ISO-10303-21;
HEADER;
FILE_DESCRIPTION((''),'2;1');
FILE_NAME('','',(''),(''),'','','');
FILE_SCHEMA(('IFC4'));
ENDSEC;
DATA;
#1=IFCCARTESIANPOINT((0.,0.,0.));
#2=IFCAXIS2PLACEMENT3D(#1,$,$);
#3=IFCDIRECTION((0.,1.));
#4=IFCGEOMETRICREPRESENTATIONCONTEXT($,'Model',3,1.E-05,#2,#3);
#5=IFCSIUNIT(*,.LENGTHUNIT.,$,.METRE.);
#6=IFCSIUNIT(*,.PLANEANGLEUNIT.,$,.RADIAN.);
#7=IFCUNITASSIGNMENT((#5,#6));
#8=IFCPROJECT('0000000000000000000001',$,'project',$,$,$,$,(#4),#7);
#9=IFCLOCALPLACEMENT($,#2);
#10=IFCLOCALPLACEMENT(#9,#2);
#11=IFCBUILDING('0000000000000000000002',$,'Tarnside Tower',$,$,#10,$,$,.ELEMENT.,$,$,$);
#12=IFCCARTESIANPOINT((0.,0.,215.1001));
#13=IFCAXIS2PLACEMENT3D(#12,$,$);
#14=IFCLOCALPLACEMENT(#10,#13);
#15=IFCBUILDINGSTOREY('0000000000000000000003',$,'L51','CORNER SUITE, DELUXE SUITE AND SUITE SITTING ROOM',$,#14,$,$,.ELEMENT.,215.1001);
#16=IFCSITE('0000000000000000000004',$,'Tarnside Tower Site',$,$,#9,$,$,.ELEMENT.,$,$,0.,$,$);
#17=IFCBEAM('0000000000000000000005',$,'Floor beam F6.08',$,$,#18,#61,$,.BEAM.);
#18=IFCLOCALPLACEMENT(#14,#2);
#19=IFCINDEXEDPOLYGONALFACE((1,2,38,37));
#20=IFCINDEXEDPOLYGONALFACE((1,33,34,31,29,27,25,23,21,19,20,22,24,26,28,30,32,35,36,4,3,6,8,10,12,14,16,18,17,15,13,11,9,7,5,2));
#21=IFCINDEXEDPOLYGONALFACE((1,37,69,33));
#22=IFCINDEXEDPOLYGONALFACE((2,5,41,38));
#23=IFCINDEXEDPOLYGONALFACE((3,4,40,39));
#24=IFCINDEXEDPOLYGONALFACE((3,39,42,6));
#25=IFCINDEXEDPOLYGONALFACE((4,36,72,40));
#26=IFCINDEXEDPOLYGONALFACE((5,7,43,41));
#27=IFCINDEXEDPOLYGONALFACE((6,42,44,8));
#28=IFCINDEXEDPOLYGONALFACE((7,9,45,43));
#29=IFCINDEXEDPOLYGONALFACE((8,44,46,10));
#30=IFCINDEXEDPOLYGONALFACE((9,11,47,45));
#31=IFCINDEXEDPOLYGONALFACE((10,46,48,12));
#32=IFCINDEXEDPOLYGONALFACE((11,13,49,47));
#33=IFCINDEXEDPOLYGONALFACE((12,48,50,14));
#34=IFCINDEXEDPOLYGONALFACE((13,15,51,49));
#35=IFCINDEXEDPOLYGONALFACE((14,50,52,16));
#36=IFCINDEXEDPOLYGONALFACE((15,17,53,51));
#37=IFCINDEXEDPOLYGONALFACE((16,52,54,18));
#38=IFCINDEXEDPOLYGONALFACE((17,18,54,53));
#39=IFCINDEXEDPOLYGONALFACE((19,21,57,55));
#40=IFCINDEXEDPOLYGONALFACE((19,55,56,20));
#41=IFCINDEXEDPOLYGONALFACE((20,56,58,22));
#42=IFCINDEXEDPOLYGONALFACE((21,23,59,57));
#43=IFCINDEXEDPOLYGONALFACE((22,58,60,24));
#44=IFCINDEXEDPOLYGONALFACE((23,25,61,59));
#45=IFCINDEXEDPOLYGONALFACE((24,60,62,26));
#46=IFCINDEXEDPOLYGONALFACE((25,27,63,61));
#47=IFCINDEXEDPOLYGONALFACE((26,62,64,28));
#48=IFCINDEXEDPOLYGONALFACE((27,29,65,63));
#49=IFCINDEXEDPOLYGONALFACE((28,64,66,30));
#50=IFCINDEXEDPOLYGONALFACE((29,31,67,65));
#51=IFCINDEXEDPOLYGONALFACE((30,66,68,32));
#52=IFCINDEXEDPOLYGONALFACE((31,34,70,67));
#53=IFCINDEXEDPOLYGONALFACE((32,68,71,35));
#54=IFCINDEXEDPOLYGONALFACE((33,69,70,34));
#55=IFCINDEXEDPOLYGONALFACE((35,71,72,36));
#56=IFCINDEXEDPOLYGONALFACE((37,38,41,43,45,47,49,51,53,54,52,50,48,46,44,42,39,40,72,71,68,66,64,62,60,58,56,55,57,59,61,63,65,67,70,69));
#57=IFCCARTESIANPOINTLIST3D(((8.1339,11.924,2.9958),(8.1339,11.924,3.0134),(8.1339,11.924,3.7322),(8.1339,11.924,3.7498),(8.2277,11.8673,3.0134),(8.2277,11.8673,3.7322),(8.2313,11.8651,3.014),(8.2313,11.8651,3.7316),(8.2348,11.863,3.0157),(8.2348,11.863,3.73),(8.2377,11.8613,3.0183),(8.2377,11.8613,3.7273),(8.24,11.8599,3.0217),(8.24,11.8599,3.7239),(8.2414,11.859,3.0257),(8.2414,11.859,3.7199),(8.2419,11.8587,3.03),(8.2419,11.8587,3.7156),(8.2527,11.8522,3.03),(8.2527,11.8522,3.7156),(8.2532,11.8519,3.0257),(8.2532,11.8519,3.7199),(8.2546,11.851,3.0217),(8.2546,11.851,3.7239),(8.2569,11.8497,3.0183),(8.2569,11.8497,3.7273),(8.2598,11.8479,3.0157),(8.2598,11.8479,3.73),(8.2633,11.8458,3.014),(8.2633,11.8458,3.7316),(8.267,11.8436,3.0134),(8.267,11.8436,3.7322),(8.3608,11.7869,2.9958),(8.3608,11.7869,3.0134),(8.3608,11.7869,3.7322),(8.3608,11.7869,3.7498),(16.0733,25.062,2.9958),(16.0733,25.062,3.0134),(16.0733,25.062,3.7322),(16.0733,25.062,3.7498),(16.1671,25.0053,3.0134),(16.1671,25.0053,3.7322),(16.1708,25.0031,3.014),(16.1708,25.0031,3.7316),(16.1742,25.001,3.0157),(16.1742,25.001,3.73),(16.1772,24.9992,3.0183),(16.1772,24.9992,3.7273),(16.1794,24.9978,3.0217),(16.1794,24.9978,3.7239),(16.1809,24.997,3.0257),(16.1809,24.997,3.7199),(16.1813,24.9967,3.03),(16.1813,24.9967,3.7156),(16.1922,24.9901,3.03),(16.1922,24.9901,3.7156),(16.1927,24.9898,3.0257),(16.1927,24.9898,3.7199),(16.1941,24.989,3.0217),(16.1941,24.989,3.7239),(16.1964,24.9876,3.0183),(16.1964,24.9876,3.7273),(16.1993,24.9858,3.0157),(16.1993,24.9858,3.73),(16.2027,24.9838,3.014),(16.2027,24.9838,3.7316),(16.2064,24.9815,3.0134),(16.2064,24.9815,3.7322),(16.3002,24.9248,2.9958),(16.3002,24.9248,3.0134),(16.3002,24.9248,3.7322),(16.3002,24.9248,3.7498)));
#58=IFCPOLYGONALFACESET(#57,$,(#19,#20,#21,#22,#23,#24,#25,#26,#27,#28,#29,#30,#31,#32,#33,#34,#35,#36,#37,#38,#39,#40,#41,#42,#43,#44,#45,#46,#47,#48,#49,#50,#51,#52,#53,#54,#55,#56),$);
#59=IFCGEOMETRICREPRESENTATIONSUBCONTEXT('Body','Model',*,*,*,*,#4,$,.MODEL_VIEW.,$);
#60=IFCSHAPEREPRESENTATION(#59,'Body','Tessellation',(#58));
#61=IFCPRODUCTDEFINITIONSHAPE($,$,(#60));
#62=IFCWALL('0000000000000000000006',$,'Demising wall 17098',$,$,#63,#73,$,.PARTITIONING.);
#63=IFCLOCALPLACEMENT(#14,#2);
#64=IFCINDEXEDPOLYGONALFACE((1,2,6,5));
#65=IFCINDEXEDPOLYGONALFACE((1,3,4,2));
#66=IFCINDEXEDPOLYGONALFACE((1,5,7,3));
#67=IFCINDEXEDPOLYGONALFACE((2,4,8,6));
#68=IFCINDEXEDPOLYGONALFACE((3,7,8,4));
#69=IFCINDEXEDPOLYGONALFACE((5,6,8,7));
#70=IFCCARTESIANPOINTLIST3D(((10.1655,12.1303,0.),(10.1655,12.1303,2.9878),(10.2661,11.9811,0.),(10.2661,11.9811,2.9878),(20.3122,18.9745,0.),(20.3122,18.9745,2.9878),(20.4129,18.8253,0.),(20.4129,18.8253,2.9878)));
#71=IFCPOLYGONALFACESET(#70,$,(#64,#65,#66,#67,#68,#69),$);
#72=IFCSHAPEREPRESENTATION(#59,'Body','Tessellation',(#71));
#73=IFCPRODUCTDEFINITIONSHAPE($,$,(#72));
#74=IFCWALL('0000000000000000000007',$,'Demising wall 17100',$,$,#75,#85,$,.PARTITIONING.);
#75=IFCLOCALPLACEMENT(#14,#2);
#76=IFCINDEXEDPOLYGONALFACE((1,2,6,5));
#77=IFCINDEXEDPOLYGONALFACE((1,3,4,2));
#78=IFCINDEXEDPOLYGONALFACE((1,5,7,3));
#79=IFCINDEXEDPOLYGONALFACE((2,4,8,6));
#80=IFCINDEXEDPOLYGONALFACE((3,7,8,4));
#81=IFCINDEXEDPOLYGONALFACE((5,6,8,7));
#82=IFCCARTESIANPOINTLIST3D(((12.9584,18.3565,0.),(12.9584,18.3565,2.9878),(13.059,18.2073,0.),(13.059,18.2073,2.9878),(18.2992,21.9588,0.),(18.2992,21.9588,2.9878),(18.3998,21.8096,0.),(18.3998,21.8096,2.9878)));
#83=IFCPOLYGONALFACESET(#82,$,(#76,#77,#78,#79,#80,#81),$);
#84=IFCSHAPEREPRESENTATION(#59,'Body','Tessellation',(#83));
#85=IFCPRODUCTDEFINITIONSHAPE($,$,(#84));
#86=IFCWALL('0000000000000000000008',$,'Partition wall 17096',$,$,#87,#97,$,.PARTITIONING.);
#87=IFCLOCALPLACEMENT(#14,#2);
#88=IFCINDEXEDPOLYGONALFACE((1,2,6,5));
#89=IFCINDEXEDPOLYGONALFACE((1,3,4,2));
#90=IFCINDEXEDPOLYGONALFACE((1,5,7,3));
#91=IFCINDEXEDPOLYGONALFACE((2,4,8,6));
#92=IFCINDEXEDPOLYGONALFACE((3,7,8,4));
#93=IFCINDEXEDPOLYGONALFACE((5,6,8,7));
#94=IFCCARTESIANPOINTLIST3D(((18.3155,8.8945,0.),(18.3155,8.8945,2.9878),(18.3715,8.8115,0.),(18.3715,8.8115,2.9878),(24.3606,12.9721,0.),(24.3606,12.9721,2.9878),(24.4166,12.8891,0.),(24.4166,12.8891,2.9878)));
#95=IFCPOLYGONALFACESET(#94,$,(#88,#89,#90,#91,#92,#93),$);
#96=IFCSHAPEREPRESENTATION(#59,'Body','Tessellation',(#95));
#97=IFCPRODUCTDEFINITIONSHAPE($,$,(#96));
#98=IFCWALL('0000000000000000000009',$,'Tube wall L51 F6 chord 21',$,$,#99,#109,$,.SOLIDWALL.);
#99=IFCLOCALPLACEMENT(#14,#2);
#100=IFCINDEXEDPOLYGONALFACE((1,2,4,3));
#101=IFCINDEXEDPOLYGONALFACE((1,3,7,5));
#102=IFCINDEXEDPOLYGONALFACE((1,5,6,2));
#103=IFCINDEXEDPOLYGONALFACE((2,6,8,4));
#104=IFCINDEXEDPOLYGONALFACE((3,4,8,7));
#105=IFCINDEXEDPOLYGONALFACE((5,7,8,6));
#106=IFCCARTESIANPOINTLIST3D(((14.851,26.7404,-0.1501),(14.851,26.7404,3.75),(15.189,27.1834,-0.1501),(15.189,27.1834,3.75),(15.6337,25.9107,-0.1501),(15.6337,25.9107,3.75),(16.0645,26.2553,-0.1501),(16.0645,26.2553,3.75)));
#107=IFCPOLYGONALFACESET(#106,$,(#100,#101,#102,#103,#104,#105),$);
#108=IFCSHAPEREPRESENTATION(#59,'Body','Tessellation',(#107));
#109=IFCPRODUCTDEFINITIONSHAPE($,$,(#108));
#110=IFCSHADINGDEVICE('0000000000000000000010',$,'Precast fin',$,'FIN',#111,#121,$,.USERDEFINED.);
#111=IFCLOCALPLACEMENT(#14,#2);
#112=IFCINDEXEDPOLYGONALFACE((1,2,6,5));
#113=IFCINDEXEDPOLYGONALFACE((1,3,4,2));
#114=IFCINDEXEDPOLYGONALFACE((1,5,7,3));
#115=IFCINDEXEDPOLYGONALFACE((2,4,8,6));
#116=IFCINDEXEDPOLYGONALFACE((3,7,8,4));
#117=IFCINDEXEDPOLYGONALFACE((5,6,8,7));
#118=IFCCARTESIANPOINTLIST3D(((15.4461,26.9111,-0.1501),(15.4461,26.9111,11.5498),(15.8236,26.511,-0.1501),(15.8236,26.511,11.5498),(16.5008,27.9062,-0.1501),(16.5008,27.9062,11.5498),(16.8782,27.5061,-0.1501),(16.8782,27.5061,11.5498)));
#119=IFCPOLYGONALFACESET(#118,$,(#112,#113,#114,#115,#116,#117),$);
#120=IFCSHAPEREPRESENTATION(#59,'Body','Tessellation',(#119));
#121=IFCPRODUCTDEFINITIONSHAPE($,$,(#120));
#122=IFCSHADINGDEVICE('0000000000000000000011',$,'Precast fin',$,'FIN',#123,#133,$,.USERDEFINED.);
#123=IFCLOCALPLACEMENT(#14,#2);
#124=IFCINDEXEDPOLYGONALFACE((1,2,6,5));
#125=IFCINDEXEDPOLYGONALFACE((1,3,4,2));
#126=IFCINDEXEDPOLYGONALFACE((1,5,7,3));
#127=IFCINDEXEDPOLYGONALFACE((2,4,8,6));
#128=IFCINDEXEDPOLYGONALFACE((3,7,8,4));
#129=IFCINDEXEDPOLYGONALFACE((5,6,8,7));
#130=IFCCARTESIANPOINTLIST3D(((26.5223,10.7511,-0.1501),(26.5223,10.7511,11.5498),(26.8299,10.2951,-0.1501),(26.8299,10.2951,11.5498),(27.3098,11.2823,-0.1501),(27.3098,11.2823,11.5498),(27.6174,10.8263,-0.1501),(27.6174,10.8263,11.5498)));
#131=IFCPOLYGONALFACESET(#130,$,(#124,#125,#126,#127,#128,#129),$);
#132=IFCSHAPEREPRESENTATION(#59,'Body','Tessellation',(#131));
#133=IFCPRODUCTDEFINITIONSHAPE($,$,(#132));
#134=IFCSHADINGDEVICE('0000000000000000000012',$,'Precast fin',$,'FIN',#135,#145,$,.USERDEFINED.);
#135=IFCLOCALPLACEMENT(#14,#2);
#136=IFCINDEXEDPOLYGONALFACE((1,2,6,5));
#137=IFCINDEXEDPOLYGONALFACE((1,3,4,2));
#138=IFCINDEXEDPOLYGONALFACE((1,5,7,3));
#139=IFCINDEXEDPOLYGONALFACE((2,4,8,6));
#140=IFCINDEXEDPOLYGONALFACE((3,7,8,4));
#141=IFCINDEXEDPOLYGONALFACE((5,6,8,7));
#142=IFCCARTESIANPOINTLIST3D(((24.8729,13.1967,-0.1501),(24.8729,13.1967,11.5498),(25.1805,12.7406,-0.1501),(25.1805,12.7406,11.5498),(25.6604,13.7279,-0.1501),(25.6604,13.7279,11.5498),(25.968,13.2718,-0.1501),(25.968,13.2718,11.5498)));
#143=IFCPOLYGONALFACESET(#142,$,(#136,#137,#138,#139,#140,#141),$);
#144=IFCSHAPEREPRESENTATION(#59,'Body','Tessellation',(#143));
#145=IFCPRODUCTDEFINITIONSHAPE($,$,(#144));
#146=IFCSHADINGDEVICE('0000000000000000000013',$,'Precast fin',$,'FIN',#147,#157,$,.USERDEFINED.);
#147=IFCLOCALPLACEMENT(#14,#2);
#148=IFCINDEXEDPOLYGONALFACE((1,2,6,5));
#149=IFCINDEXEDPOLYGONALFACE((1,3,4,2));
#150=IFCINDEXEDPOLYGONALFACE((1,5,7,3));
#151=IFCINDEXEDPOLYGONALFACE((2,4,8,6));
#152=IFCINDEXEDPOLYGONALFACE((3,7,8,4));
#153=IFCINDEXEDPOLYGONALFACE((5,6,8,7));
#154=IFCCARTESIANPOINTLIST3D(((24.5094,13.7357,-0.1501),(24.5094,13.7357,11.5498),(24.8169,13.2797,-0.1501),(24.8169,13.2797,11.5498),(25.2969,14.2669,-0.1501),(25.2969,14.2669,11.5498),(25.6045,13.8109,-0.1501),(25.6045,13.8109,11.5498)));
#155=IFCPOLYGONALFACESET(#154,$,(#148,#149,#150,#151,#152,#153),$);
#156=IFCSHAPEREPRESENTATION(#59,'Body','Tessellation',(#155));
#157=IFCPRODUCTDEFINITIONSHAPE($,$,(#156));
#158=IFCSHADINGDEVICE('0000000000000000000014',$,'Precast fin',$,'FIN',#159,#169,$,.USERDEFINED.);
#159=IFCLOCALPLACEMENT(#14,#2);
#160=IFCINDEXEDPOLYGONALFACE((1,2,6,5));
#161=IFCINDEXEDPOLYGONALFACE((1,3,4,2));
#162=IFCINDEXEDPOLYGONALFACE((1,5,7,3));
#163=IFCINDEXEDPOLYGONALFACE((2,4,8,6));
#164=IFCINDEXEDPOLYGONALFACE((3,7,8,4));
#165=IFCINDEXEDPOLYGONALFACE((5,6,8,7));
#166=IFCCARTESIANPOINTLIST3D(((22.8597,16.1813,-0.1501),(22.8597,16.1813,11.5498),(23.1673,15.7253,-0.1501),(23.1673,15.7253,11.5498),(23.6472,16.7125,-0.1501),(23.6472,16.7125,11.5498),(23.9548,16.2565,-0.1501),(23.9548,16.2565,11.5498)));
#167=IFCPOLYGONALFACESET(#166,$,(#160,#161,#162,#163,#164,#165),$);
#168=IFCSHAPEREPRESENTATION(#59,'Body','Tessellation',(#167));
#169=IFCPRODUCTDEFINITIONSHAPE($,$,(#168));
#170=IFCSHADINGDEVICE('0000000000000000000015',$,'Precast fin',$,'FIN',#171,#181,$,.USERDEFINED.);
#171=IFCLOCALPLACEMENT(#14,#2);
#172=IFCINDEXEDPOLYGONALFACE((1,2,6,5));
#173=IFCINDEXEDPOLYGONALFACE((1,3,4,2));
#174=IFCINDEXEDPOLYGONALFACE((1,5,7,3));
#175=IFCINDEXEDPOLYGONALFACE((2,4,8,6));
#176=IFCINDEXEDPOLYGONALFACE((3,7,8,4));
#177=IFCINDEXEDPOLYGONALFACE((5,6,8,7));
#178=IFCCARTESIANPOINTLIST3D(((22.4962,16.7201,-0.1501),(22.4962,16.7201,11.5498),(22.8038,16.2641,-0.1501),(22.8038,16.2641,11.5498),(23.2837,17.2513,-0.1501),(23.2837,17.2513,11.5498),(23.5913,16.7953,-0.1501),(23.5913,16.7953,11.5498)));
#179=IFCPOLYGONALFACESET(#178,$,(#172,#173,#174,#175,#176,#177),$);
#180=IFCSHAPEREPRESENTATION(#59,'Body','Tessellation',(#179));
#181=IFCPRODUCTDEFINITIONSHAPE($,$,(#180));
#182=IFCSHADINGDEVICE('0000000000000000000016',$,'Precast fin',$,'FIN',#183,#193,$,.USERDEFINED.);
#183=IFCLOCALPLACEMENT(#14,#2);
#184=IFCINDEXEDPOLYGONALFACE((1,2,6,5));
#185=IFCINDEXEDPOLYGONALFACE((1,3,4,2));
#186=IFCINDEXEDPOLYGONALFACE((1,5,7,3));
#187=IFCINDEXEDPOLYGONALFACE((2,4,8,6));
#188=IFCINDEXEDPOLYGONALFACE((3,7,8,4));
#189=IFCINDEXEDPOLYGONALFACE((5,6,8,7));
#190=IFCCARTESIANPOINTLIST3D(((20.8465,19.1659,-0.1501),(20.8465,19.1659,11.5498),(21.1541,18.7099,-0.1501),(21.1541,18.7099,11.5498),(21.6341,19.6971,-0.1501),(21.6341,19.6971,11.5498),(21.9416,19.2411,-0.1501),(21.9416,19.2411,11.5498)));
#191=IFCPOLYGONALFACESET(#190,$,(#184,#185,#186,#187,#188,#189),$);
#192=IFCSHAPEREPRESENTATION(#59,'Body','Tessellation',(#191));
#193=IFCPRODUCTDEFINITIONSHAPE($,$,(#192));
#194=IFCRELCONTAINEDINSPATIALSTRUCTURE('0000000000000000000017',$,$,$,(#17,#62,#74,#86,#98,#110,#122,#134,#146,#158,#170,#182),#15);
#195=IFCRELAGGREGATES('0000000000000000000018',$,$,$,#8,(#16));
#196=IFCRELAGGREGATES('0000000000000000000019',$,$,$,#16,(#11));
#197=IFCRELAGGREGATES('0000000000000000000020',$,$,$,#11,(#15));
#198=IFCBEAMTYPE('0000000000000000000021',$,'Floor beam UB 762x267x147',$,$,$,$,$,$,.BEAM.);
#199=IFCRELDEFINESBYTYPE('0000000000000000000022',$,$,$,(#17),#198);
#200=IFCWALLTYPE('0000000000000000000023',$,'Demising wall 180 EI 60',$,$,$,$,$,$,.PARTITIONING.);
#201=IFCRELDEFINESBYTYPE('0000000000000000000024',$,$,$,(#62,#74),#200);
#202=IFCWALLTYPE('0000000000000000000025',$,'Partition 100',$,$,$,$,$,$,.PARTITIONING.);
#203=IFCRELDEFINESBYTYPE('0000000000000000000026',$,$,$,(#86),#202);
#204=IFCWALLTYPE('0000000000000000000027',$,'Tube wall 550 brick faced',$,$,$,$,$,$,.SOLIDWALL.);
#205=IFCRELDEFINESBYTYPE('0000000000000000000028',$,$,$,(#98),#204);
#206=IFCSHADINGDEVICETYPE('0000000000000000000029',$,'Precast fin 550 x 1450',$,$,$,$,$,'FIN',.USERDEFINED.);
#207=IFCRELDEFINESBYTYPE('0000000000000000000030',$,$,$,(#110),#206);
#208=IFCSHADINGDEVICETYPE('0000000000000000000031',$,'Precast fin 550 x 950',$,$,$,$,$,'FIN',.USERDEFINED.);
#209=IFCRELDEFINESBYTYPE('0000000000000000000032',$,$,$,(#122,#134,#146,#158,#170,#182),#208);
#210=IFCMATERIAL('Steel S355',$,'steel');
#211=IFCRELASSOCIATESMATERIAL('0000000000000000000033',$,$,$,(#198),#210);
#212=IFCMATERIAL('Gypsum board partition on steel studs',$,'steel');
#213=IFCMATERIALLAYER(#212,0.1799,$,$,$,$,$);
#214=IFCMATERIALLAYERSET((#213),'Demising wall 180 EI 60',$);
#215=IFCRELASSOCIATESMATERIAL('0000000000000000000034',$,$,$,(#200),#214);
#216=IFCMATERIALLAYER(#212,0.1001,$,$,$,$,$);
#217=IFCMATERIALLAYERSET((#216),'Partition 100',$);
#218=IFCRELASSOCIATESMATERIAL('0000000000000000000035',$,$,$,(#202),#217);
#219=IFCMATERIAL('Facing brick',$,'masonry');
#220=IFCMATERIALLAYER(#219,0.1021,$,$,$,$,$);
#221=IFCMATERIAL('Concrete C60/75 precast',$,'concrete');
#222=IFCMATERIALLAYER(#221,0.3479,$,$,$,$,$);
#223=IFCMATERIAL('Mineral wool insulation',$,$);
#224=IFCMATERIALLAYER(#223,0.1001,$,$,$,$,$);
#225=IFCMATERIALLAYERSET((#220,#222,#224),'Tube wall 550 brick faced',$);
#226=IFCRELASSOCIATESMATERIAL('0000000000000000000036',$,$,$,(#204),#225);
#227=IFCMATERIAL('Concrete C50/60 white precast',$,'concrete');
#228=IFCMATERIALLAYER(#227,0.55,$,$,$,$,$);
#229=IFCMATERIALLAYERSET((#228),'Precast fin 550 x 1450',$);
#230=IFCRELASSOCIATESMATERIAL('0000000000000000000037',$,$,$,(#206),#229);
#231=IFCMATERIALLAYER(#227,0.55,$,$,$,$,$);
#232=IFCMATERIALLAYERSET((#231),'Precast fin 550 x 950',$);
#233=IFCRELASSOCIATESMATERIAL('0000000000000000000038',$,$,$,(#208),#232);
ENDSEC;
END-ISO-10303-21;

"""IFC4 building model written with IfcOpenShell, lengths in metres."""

from ifc_helpers import new_model, si_unit, direction, frame, frame_2d, origin, origin_2d, place, context, subcontext, project, spatial, polyline, rectangle, i_section, outline, extrude, material, layer, layer_set, material_profile, profile_set, type_object, element, save


model = new_model("IFC4")

# Units and contexts
model_context = context("Model", 3, precision=1e-05, world=origin(), true_north=direction((0.0, 1.0)))
body_context = subcontext(model_context, "Body", "Model", "MODEL_VIEW")
ifc_project = project(units=[si_unit("LENGTHUNIT", "METRE"), si_unit("PLANEANGLEUNIT", "RADIAN")], contexts=[model_context])

# Site, building, storey
site_placement = place(None, origin())
site = spatial("IfcSite", under=ifc_project, at=site_placement, Name="Tarnside Tower Site", CompositionType="ELEMENT", RefElevation=0.0)
building_placement = place(site_placement, origin())
building = spatial("IfcBuilding", under=site, at=building_placement, Name="Tarnside Tower", CompositionType="ELEMENT")
storey_placement = place(building_placement, frame((0.0, 0.0, 215.1001)))
storey = spatial("IfcBuildingStorey", under=building, at=storey_placement, Name="L51", Description="CORNER SUITE, DELUXE SUITE AND SUITE SITTING ROOM", CompositionType="ELEMENT", Elevation=215.1001)

# Beam
ifc_material_1 = material(Name="Steel S355", Category="steel")
ifc_material_profile = material_profile(ifc_material_1, i_section(OverallWidth=0.2651, OverallDepth=0.7539, WebThickness=0.0127, FlangeThickness=0.0176, FilletRadius=0.0166, at=origin_2d()), Name="UB 762x267x147")
ifc_profile_set = profile_set([ifc_material_profile], Name="Steel S355")
beam_type = type_object("IfcBeamType", Name="Floor beam UB 762x267x147", PredefinedType="BEAM", material=ifc_profile_set)
beam_1_placement = place(storey_placement, frame((16.1868, 24.9934, 3.3728), z_axis=(-0.517209, -0.855859, 0.0), x_axis=(0.855859, -0.517209, 0.0)))
element("IfcBeam", 1, at=beam_1_placement, inside=storey, type_object=beam_type, Name="Floor beam F6.08", PredefinedType="BEAM", context=body_context, shape_type="SweptSolid", body=[
    extrude(i_section(OverallWidth=0.2651, OverallDepth=0.7539, WebThickness=0.0127, FlangeThickness=0.0176, FilletRadius=0.0166, at=origin_2d()), origin(), (0.0, 0.0, 1.0), 15.3506),
])

# Walls
ifc_material_2 = material(Name="Gypsum board partition on steel studs", Category="steel")
ifc_layer_1 = layer(ifc_material_2, 0.1799)
ifc_layer_set_1 = layer_set([ifc_layer_1], Name="Demising wall 180 EI 60")
wall_type_1 = type_object("IfcWallType", Name="Demising wall 180 EI 60", PredefinedType="PARTITIONING", material=ifc_layer_set_1)
wall_1_placement = place(storey_placement, frame((20.3625, 18.8999, 0.0), z_axis=(0.0, 0.0, 1.0), x_axis=(-0.829031, -0.559203, 0.0)))
element("IfcWall", 2, at=wall_1_placement, inside=storey, type_object=wall_type_1, Name="Demising wall 17098", PredefinedType="PARTITIONING", context=body_context, shape_type="SweptSolid", body=[
    extrude(rectangle(XDim=12.2393, YDim=0.1799, at=frame_2d((6.1196, 0.0))), origin(), (0.0, 0.0, 1.0), 2.9878),
])
wall_2_placement = place(storey_placement, frame((18.3496, 21.8843, 0.0), z_axis=(0.0, 0.0, 1.0), x_axis=(-0.829047, -0.559179, 0.0)))
element("IfcWall", 3, at=wall_2_placement, inside=storey, type_object=wall_type_1, Name="Demising wall 17100", PredefinedType="PARTITIONING", context=body_context, shape_type="SweptSolid", body=[
    extrude(rectangle(XDim=6.4421, YDim=0.1799, at=frame_2d((3.2212, 0.0))), origin(), (0.0, 0.0, 1.0), 2.9878),
])
ifc_layer_2 = layer(ifc_material_2, 0.1001)
ifc_layer_set_2 = layer_set([ifc_layer_2], Name="Partition 100")
wall_type_2 = type_object("IfcWallType", Name="Partition 100", PredefinedType="PARTITIONING", material=ifc_layer_set_2)
wall_3_placement = place(storey_placement, frame((24.3887, 12.9307, 0.0), z_axis=(0.0, 0.0, 1.0), x_axis=(-0.82903, -0.559204, 0.0)))
element("IfcWall", 4, at=wall_3_placement, inside=storey, type_object=wall_type_2, Name="Partition wall 17096", PredefinedType="PARTITIONING", context=body_context, shape_type="SweptSolid", body=[
    extrude(rectangle(XDim=7.2917, YDim=0.1001, at=frame_2d((3.646, 0.0))), origin(), (0.0, 0.0, 1.0), 2.9878),
])
ifc_material_3 = material(Name="Facing brick", Category="masonry")
ifc_layer_3 = layer(ifc_material_3, 0.1021)
ifc_material_4 = material(Name="Concrete C60/75 precast", Category="concrete")
ifc_layer_4 = layer(ifc_material_4, 0.3479)
ifc_material_5 = material(Name="Mineral wool insulation")
ifc_layer_5 = layer(ifc_material_5, 0.1001)
ifc_layer_set_3 = layer_set([ifc_layer_3, ifc_layer_4, ifc_layer_5], Name="Tube wall 550 brick faced")
wall_type_3 = type_object("IfcWallType", Name="Tube wall 550 brick faced", PredefinedType="SOLIDWALL", material=ifc_layer_set_3)
wall_4_placement = place(storey_placement, frame((15.8491, 26.083, -0.1501), z_axis=(0.0, 0.0, 1.0), x_axis=(-0.686196, 0.727416, 0.0)))
element("IfcWall", 5, at=wall_4_placement, inside=storey, type_object=wall_type_3, Name="Tube wall L51 F6 chord 21", PredefinedType="SOLIDWALL", context=body_context, shape_type="SweptSolid", body=[
    extrude(outline(polyline([(-0.0225, -0.2749), (1.2534, -0.2749), (1.1631, 0.2749), (0.0225, 0.2749), (-0.0225, -0.2749)])), origin(), (0.0, 0.0, 1.0), 3.9001),
])

# Shading devices
ifc_material_6 = material(Name="Concrete C50/60 white precast", Category="concrete")
ifc_layer_6 = layer(ifc_material_6, 0.55)
ifc_layer_set_4 = layer_set([ifc_layer_6], Name="Precast fin 550 x 1450")
shading_device_type_1 = type_object("IfcShadingDeviceType", Name="Precast fin 550 x 1450", ElementType="FIN", PredefinedType="USERDEFINED", material=ifc_layer_set_4)
shading_device_placement = place(storey_placement, frame((15.6348, 26.7112, -0.1501), z_axis=(0.686242, -0.727374, 0.0), x_axis=(0.727374, 0.686242, 0.0)))
element("IfcShadingDevice", 6, at=shading_device_placement, inside=storey, type_object=shading_device_type_1, Name="Precast fin", ObjectType="FIN", PredefinedType="USERDEFINED", context=body_context, shape_type="SweptSolid", body=[
    extrude(outline(polyline([(0.0, 0.0), (1.45, 0.0), (1.45, 11.7), (0.0, 11.7), (0.0, 0.0)])), frame((0.0, 0.0, -0.2749)), (0.0, 0.0, 1.0), 0.55),
])
ifc_layer_7 = layer(ifc_material_6, 0.55)
ifc_layer_set_5 = layer_set([ifc_layer_7], Name="Precast fin 550 x 950")
shading_device_type_2 = type_object("IfcShadingDeviceType", Name="Precast fin 550 x 950", ElementType="FIN", PredefinedType="USERDEFINED", material=ifc_layer_set_5)
for number, where, z_axis, x_axis, name in (
    (7, (26.676, 10.5232, -0.1501), (0.559193, -0.829038, 0.0), (0.829038, 0.559193, 0.0), "Precast fin"),
    (8, (25.0266, 12.9688, -0.1501), (0.559193, -0.829038, 0.0), (0.829038, 0.559193, 0.0), "Precast fin"),
    (9, (24.6631, 13.5078, -0.1501), (0.559193, -0.829038, 0.0), (0.829038, 0.559193, 0.0), "Precast fin"),
    (10, (23.0134, 15.9534, -0.1501), (0.559193, -0.829038, 0.0), (0.829038, 0.559193, 0.0), "Precast fin"),
    (11, (22.6499, 16.4922, -0.1501), (0.559193, -0.829038, 0.0), (0.829038, 0.559193, 0.0), "Precast fin"),
    (12, (21.0002, 18.938, -0.1501), (0.559193, -0.829038, 0.0), (0.829038, 0.559193, 0.0), "Precast fin"),
):
    element("IfcShadingDevice", number, at=place(storey_placement, frame(where, z_axis=z_axis, x_axis=x_axis)), inside=storey, type_object=shading_device_type_2, Name=name, ObjectType="FIN", PredefinedType="USERDEFINED", context=body_context, shape_type="SweptSolid", body=[
        extrude(outline(polyline([(0.0, 0.0), (0.95, 0.0), (0.95, 11.7), (0.0, 11.7), (0.0, 0.0)])), frame((0.0, 0.0, -0.2749)), (0.0, 0.0, 1.0), 0.55),
    ])

save(model, "model.ifc")
